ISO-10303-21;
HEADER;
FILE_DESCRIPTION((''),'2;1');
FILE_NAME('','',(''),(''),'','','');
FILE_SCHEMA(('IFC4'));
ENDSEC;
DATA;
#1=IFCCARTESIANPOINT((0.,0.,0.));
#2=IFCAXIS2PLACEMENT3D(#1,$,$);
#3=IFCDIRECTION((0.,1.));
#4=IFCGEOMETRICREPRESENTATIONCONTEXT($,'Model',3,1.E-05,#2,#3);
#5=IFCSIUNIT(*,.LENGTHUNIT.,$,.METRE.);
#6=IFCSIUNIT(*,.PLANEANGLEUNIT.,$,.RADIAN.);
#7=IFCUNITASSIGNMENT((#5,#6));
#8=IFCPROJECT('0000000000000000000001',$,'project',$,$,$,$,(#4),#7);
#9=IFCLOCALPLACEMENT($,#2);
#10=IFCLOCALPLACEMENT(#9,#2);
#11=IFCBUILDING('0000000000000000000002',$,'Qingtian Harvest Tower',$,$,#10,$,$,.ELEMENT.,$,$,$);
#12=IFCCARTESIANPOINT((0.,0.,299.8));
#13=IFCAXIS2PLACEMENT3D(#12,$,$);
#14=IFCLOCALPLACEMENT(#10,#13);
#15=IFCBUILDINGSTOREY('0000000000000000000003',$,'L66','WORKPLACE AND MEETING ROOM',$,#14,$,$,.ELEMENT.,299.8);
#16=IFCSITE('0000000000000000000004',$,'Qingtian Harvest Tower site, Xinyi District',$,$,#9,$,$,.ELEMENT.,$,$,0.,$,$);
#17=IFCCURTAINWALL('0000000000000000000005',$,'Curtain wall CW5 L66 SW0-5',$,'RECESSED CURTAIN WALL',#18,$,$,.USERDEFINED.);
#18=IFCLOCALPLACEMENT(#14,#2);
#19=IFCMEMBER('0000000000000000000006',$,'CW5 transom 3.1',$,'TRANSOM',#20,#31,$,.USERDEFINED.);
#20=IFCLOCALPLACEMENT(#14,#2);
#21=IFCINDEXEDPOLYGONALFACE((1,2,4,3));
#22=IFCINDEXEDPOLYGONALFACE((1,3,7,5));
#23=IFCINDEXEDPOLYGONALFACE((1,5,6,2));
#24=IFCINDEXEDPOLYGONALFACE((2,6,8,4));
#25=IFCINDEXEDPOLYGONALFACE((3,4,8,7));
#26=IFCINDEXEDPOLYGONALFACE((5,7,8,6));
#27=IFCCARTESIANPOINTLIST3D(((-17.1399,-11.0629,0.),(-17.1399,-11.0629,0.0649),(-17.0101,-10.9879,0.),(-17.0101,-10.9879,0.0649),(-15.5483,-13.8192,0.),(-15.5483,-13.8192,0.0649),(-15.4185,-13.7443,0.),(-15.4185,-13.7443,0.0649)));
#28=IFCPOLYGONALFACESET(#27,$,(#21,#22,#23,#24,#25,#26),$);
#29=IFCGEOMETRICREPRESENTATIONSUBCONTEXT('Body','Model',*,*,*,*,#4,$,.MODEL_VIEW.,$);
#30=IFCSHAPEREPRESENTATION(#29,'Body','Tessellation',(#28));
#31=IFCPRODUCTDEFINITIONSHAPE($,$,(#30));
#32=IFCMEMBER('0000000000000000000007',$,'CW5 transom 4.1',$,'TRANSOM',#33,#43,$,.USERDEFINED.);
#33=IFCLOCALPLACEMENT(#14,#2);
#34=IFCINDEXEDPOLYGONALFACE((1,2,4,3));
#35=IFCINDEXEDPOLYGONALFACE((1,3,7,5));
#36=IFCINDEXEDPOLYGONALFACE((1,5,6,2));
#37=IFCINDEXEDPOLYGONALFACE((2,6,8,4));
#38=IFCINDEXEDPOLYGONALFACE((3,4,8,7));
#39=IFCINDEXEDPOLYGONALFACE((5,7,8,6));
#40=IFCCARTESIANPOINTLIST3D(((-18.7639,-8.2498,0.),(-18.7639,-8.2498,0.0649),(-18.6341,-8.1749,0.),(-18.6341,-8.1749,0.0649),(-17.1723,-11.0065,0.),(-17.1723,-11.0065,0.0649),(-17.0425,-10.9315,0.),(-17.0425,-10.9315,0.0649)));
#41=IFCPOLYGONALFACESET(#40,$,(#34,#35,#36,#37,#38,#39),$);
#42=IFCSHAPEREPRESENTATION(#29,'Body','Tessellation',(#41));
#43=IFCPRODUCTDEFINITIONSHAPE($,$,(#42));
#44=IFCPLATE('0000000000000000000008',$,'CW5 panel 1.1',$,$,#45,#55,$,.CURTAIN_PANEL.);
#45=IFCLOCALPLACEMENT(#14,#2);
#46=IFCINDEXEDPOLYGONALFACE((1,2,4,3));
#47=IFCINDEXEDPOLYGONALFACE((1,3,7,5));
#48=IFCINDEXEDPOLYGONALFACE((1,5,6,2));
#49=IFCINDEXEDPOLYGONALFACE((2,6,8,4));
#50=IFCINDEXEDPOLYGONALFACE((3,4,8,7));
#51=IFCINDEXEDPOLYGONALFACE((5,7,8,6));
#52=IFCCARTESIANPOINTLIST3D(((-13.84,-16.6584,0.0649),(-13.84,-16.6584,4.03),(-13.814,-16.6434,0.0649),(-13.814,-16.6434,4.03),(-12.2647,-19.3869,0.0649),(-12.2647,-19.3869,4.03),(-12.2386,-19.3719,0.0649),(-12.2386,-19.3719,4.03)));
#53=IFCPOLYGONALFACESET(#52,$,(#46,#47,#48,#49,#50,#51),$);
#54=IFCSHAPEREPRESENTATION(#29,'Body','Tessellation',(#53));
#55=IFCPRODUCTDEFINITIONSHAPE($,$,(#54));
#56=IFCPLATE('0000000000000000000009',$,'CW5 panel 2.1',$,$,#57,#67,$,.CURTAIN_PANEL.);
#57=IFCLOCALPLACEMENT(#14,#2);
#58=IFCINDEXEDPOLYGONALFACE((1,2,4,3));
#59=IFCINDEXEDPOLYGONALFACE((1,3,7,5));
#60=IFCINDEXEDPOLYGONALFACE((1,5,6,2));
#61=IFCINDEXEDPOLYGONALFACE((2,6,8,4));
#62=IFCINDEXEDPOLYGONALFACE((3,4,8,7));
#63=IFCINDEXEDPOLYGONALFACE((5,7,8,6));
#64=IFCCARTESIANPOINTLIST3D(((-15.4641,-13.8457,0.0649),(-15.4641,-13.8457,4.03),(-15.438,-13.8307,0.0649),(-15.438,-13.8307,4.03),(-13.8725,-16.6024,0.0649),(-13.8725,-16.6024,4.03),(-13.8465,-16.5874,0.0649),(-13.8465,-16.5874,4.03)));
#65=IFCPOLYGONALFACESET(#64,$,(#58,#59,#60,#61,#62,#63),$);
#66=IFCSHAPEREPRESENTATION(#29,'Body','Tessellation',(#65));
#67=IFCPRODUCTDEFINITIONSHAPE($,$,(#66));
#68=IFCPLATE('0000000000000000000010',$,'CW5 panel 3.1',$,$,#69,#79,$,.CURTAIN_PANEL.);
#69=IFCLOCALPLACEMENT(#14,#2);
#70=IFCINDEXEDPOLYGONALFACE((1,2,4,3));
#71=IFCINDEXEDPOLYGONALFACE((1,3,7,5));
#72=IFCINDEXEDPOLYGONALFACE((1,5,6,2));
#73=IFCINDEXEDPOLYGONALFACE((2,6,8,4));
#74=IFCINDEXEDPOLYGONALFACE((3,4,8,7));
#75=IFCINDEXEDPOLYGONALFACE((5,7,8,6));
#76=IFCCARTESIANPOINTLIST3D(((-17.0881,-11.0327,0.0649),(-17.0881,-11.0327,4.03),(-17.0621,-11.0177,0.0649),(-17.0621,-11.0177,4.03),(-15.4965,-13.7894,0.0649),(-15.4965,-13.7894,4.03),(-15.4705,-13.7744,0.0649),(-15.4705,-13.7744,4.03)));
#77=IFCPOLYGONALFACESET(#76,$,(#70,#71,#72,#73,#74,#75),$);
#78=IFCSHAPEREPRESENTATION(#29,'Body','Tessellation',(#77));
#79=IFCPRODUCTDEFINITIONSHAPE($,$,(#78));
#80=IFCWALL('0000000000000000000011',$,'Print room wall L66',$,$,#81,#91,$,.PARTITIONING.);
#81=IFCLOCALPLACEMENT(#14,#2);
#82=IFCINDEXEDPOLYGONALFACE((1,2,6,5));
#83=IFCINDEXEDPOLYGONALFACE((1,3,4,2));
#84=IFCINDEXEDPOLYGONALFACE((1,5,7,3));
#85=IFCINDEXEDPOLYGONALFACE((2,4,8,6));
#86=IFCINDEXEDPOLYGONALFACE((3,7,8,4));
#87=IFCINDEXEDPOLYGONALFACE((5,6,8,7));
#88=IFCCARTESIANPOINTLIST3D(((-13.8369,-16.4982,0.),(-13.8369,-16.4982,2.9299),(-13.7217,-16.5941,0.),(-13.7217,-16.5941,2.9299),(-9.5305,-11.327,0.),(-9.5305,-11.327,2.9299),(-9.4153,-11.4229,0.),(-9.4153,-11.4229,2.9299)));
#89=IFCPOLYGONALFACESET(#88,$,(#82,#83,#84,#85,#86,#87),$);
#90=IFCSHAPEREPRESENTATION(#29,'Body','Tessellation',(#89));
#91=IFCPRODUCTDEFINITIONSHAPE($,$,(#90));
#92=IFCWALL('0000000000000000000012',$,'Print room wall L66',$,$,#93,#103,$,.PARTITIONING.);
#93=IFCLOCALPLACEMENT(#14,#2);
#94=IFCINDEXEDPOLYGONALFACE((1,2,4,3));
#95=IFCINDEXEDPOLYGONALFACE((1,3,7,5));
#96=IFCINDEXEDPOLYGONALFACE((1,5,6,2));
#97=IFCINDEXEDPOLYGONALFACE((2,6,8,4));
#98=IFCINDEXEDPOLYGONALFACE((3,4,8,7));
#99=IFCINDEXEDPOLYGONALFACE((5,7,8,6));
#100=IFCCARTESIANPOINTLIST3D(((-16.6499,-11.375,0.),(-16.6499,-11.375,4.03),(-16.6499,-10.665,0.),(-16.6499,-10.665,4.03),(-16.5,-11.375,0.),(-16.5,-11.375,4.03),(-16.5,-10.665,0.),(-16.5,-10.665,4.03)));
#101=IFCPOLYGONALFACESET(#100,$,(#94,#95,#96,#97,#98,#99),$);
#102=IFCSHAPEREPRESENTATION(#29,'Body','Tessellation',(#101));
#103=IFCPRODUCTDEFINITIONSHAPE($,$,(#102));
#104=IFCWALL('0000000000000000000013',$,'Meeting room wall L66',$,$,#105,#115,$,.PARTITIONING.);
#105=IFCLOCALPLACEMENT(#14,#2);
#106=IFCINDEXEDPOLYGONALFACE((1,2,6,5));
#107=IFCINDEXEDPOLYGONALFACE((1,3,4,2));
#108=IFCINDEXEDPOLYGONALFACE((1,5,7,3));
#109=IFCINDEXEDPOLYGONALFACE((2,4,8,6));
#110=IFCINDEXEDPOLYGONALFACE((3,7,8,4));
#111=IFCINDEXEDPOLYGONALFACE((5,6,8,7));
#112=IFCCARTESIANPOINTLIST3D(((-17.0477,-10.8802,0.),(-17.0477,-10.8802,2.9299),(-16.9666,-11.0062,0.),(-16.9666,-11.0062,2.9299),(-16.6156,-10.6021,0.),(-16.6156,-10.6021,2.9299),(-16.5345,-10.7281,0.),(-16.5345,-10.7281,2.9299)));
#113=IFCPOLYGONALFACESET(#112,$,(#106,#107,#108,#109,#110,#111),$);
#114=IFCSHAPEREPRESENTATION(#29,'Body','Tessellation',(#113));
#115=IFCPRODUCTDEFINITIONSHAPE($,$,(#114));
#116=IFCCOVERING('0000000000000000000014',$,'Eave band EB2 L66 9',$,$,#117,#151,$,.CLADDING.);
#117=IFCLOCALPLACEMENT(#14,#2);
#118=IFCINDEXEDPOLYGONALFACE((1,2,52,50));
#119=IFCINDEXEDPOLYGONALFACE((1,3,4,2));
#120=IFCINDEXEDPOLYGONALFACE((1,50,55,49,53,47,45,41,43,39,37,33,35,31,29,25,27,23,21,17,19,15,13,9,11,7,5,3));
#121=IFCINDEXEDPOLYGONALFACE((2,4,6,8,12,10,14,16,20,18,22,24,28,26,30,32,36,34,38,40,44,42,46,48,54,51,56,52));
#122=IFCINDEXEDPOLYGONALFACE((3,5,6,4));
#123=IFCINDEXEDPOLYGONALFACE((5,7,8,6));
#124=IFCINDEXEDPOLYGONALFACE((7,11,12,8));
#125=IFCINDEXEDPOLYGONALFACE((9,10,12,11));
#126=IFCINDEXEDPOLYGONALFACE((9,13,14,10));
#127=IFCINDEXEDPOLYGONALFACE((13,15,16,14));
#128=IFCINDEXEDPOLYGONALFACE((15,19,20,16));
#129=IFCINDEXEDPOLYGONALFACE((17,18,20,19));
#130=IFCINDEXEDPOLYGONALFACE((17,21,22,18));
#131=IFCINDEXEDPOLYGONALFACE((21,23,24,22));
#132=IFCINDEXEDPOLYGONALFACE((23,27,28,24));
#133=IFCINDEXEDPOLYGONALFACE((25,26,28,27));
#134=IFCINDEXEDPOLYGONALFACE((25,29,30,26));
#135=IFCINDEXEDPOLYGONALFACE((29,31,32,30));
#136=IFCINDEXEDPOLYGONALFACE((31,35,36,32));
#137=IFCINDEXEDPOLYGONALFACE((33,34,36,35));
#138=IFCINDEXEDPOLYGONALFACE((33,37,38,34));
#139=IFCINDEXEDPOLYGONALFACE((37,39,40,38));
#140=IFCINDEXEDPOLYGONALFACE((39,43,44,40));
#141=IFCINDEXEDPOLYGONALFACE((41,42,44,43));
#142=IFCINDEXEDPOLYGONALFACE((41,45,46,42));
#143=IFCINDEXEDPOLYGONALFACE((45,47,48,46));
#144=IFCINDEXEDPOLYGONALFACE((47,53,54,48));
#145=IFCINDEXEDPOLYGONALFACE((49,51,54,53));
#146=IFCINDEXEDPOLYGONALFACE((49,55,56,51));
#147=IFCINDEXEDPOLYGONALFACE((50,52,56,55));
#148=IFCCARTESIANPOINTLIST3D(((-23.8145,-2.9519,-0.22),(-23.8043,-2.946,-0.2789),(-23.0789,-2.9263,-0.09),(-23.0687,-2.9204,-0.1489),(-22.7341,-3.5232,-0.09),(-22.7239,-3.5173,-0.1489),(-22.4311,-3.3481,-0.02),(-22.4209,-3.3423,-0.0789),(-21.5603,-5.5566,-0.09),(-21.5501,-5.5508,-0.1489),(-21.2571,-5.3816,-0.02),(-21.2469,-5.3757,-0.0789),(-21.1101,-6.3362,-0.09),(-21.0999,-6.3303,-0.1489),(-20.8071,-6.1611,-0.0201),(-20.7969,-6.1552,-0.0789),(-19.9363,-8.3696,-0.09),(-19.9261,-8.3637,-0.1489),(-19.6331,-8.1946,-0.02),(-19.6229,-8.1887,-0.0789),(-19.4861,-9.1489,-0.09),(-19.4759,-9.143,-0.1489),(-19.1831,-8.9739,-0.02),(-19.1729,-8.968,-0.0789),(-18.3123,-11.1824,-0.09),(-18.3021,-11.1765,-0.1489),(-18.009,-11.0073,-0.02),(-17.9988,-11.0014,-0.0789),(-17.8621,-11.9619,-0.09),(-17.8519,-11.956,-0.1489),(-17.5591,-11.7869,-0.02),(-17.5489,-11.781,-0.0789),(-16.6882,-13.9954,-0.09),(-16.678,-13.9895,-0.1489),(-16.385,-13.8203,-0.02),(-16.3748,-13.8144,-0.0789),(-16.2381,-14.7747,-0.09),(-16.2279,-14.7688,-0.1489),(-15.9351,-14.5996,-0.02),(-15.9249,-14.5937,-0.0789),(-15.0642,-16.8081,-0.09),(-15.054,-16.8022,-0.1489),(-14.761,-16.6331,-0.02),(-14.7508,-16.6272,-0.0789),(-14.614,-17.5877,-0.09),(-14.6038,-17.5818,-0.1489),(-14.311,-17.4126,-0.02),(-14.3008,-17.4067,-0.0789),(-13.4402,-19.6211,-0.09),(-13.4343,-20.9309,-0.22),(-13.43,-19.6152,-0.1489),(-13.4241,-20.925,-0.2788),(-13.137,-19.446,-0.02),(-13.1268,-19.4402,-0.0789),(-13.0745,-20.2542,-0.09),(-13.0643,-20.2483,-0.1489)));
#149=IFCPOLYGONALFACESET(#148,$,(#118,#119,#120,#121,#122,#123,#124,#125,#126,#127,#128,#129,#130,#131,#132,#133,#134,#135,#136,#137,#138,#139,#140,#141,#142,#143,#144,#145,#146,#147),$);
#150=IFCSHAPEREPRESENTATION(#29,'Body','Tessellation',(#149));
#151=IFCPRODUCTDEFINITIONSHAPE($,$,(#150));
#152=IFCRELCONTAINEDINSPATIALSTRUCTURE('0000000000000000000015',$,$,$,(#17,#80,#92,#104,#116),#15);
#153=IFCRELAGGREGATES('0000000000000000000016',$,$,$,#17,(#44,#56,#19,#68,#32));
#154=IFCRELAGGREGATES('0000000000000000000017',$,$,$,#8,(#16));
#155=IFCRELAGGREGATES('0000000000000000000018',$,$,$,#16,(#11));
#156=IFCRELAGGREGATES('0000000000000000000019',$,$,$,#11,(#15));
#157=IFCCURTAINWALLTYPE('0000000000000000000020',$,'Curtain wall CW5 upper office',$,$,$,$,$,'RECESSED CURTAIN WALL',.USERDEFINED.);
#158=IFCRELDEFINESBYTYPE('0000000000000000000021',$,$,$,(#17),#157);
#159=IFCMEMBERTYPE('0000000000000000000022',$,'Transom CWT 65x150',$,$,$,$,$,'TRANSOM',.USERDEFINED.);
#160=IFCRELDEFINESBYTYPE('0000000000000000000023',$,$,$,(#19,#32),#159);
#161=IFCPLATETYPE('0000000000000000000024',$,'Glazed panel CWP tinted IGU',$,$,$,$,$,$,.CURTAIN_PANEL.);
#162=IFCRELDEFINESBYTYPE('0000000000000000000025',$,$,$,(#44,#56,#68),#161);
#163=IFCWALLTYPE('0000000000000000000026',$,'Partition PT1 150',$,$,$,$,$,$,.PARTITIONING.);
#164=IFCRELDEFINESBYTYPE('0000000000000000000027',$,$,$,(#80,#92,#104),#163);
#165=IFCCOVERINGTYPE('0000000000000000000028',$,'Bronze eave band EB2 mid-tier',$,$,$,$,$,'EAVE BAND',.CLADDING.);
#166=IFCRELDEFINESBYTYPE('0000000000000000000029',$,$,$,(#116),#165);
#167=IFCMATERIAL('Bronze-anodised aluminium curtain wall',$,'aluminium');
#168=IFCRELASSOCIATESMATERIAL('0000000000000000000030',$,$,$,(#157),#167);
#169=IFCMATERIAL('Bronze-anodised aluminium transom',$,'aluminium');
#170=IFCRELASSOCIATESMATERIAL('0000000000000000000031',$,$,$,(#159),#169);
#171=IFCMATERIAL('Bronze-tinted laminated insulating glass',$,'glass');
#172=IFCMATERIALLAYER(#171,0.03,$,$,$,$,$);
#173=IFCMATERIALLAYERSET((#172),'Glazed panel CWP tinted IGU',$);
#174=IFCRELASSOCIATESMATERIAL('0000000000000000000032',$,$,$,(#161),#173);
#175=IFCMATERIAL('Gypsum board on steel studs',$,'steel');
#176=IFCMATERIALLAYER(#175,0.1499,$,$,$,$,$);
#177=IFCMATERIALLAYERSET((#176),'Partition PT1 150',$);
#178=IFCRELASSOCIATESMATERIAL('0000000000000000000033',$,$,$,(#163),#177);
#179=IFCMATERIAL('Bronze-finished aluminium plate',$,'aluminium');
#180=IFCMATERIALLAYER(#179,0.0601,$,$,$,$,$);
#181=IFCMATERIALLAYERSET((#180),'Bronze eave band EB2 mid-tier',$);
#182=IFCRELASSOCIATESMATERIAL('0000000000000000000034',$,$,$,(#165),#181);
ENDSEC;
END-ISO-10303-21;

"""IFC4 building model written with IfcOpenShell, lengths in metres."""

from ifc_helpers import new_model, si_unit, direction, frame, frame_2d, origin, origin_2d, place, context, subcontext, project, spatial, polyline, rectangle, outline, extrude, material, layer, layer_set, material_profile, profile_set, type_object, element, aggregate, save


model = new_model("IFC4")

# Units and contexts
model_context = context("Model", 3, precision=1e-05, world=origin(), true_north=direction((0.0, 1.0)))
body_context = subcontext(model_context, "Body", "Model", "MODEL_VIEW")
ifc_project = project(units=[si_unit("LENGTHUNIT", "METRE"), si_unit("PLANEANGLEUNIT", "RADIAN")], contexts=[model_context])

# Site, building, storey
site_placement = place(None, origin())
site = spatial("IfcSite", under=ifc_project, at=site_placement, Name="Qingtian Harvest Tower site, Xinyi District", CompositionType="ELEMENT", RefElevation=0.0)
building_placement = place(site_placement, origin())
building = spatial("IfcBuilding", under=site, at=building_placement, Name="Qingtian Harvest Tower", CompositionType="ELEMENT")
storey_placement = place(building_placement, frame((0.0, 0.0, 299.8)))
storey = spatial("IfcBuildingStorey", under=building, at=storey_placement, Name="L66", Description="WORKPLACE AND MEETING ROOM", CompositionType="ELEMENT", Elevation=299.8)

# Curtain wall
ifc_material_1 = material(Name="Bronze-anodised aluminium curtain wall", Category="aluminium")
curtain_wall_type = type_object("IfcCurtainWallType", Name="Curtain wall CW5 upper office", ElementType="RECESSED CURTAIN WALL", PredefinedType="USERDEFINED", material=ifc_material_1)
curtain_wall_placement = place(storey_placement, origin())
curtain_wall = element("IfcCurtainWall", 1, at=curtain_wall_placement, inside=storey, type_object=curtain_wall_type, Name="Curtain wall CW5 L66 SW0-5", ObjectType="RECESSED CURTAIN WALL", PredefinedType="USERDEFINED")

# Members
ifc_material_2 = material(Name="Bronze-anodised aluminium transom", Category="aluminium")
ifc_material_profile_1 = material_profile(ifc_material_2, rectangle(XDim=0.1499, YDim=0.0649, at=origin_2d()), Name="AL 65x150")
ifc_profile_set_1 = profile_set([ifc_material_profile_1], Name="Bronze-anodised aluminium transom")
member_type_1 = type_object("IfcMemberType", Name="Transom CWT 65x150", ElementType="TRANSOM", PredefinedType="USERDEFINED", material=ifc_profile_set_1)
member_1_placement = place(storey_placement, frame((-15.4834, -13.7817, 0.0325), z_axis=(-0.500041, 0.866002, 0.0), x_axis=(-0.866002, -0.500041, 0.0)))
member_1 = element("IfcMember", 2, at=member_1_placement, type_object=member_type_1, Name="CW5 transom 3.1", ObjectType="TRANSOM", PredefinedType="USERDEFINED", context=body_context, shape_type="SweptSolid", body=[
    extrude(rectangle(XDim=0.1499, YDim=0.0649, at=origin_2d()), origin(), (0.0, 0.0, 1.0), 3.1829),
])
member_2_placement = place(storey_placement, frame((-17.1074, -10.969, 0.0325), z_axis=(-0.500008, 0.866021, 0.0), x_axis=(-0.866021, -0.500008, 0.0)))
member_2 = element("IfcMember", 3, at=member_2_placement, type_object=member_type_1, Name="CW5 transom 4.1", ObjectType="TRANSOM", PredefinedType="USERDEFINED", context=body_context, shape_type="SweptSolid", body=[
    extrude(rectangle(XDim=0.1499, YDim=0.0649, at=origin_2d()), origin(), (0.0, 0.0, 1.0), 3.1831),
])

# Plates
ifc_material_3 = material(Name="Bronze-tinted laminated insulating glass", Category="glass")
ifc_layer_1 = layer(ifc_material_3, 0.03)
ifc_layer_set_1 = layer_set([ifc_layer_1], Name="Glazed panel CWP tinted IGU")
plate_type = type_object("IfcPlateType", Name="Glazed panel CWP tinted IGU", PredefinedType="CURTAIN_PANEL", material=ifc_layer_set_1)
plate_1_placement = place(storey_placement, frame((-13.0393, -18.0151, 0.0649), z_axis=(0.0, 0.0, 1.0), x_axis=(-0.5, 0.866025, 0.0)))
plate_1 = element("IfcPlate", 4, at=plate_1_placement, type_object=plate_type, Name="CW5 panel 1.1", PredefinedType="CURTAIN_PANEL", context=body_context, shape_type="SweptSolid", body=[
    extrude(rectangle(XDim=3.1506, YDim=0.03, at=origin_2d()), origin(), (0.0, 0.0, 1.0), 3.9651),
])
plate_2_placement = place(storey_placement, frame((-14.6553, -15.2166, 0.0649), z_axis=(0.0, 0.0, 1.0), x_axis=(-0.5, 0.866025, 0.0)))
plate_2 = element("IfcPlate", 5, at=plate_2_placement, type_object=plate_type, Name="CW5 panel 2.1", PredefinedType="CURTAIN_PANEL", context=body_context, shape_type="SweptSolid", body=[
    extrude(rectangle(XDim=3.1831, YDim=0.03, at=origin_2d()), origin(), (0.0, 0.0, 1.0), 3.9651),
])
plate_3_placement = place(storey_placement, frame((-16.2793, -12.4036, 0.0649), z_axis=(0.0, 0.0, 1.0), x_axis=(-0.5, 0.866025, 0.0)))
plate_3 = element("IfcPlate", 6, at=plate_3_placement, type_object=plate_type, Name="CW5 panel 3.1", PredefinedType="CURTAIN_PANEL", context=body_context, shape_type="SweptSolid", body=[
    extrude(rectangle(XDim=3.1831, YDim=0.03, at=origin_2d()), origin(), (0.0, 0.0, 1.0), 3.9651),
])
aggregate(curtain_wall, [plate_1, plate_2, member_1, plate_3, member_2])

# Walls
ifc_material_4 = material(Name="Gypsum board on steel studs", Category="steel")
ifc_layer_2 = layer(ifc_material_4, 0.1499)
ifc_layer_set_2 = layer_set([ifc_layer_2], Name="Partition PT1 150")
wall_type = type_object("IfcWallType", Name="Partition PT1 150", PredefinedType="PARTITIONING", material=ifc_layer_set_2)
wall_1_placement = place(storey_placement, frame((-13.7793, -16.5461, 0.0), z_axis=(0.0, 0.0, 1.0), x_axis=(0.639931, 0.768432, 0.0)))
element("IfcWall", 7, at=wall_1_placement, inside=storey, type_object=wall_type, Name="Print room wall L66", PredefinedType="PARTITIONING", context=body_context, shape_type="SweptSolid", body=[
    extrude(rectangle(XDim=6.7295, YDim=0.1499, at=frame_2d((3.3647, 0.0))), origin(), (0.0, 0.0, 1.0), 2.9299),
])
wall_2_placement = place(storey_placement, frame((-16.575, -11.375, 0.0), z_axis=(0.0, 0.0, 1.0), x_axis=(0.0, 1.0, 0.0)))
element("IfcWall", 8, at=wall_2_placement, inside=storey, type_object=wall_type, Name="Print room wall L66", PredefinedType="PARTITIONING", context=body_context, shape_type="SweptSolid", body=[
    extrude(rectangle(XDim=0.71, YDim=0.1499, at=frame_2d((0.355, 0.0))), origin(), (0.0, 0.0, 1.0), 4.03),
])
wall_3_placement = place(storey_placement, frame((-17.0071, -10.9431, 0.0), z_axis=(0.0, 0.0, 1.0), x_axis=(0.840931, 0.541142, 0.0)))
element("IfcWall", 9, at=wall_3_placement, inside=storey, type_object=wall_type, Name="Meeting room wall L66", PredefinedType="PARTITIONING", context=body_context, shape_type="SweptSolid", body=[
    extrude(rectangle(XDim=0.5139, YDim=0.1499, at=frame_2d((0.2568, 0.0))), origin(), (0.0, 0.0, 1.0), 2.9299),
])

# Covering
ifc_material_5 = material(Name="Bronze-finished aluminium plate", Category="aluminium")
ifc_layer_3 = layer(ifc_material_5, 0.0601)
ifc_layer_set_3 = layer_set([ifc_layer_3], Name="Bronze eave band EB2 mid-tier")
covering_type = type_object("IfcCoveringType", Name="Bronze eave band EB2 mid-tier", ElementType="EAVE BAND", PredefinedType="CLADDING", material=ifc_layer_set_3)
covering_placement = place(storey_placement, frame((-13.137, -19.446, -0.02), z_axis=(-0.169796, -0.098031, 0.980591), x_axis=(-0.849237, -0.49026, -0.196063)))
element("IfcCovering", 10, at=covering_placement, inside=storey, type_object=covering_type, Name="Eave band EB2 L66 9", PredefinedType="CLADDING", context=body_context, shape_type="SweptSolid", body=[
    extrude(outline(polyline([(0.0, 0.0), (0.3571, 0.0), (0.3568, 0.7311), (1.0197, 1.1373), (1.0205, -19.623), (0.3578, -19.2775), (0.3577, -18.5882), (0.0008, -18.5883), (0.0007, -16.2402), (0.3577, -16.2402), (0.3576, -15.34), (0.0007, -15.3402), (0.0006, -12.9921), (0.3576, -12.9921), (0.3574, -12.0921), (0.0005, -12.0922), (0.0004, -9.7442), (0.3574, -9.7442), (0.3573, -8.844), (0.0004, -8.8441), (0.0003, -6.4961), (0.3574, -6.4961), (0.3571, -5.5961), (0.0002, -5.5962), (0.0001, -3.2481), (0.3572, -3.2481), (0.357, -2.3479), (0.0001, -2.3481), (0.0, 0.0)])), origin(), (0.0, 0.0, -1.0), 0.0601),
])

save(model, "model.ifc")
